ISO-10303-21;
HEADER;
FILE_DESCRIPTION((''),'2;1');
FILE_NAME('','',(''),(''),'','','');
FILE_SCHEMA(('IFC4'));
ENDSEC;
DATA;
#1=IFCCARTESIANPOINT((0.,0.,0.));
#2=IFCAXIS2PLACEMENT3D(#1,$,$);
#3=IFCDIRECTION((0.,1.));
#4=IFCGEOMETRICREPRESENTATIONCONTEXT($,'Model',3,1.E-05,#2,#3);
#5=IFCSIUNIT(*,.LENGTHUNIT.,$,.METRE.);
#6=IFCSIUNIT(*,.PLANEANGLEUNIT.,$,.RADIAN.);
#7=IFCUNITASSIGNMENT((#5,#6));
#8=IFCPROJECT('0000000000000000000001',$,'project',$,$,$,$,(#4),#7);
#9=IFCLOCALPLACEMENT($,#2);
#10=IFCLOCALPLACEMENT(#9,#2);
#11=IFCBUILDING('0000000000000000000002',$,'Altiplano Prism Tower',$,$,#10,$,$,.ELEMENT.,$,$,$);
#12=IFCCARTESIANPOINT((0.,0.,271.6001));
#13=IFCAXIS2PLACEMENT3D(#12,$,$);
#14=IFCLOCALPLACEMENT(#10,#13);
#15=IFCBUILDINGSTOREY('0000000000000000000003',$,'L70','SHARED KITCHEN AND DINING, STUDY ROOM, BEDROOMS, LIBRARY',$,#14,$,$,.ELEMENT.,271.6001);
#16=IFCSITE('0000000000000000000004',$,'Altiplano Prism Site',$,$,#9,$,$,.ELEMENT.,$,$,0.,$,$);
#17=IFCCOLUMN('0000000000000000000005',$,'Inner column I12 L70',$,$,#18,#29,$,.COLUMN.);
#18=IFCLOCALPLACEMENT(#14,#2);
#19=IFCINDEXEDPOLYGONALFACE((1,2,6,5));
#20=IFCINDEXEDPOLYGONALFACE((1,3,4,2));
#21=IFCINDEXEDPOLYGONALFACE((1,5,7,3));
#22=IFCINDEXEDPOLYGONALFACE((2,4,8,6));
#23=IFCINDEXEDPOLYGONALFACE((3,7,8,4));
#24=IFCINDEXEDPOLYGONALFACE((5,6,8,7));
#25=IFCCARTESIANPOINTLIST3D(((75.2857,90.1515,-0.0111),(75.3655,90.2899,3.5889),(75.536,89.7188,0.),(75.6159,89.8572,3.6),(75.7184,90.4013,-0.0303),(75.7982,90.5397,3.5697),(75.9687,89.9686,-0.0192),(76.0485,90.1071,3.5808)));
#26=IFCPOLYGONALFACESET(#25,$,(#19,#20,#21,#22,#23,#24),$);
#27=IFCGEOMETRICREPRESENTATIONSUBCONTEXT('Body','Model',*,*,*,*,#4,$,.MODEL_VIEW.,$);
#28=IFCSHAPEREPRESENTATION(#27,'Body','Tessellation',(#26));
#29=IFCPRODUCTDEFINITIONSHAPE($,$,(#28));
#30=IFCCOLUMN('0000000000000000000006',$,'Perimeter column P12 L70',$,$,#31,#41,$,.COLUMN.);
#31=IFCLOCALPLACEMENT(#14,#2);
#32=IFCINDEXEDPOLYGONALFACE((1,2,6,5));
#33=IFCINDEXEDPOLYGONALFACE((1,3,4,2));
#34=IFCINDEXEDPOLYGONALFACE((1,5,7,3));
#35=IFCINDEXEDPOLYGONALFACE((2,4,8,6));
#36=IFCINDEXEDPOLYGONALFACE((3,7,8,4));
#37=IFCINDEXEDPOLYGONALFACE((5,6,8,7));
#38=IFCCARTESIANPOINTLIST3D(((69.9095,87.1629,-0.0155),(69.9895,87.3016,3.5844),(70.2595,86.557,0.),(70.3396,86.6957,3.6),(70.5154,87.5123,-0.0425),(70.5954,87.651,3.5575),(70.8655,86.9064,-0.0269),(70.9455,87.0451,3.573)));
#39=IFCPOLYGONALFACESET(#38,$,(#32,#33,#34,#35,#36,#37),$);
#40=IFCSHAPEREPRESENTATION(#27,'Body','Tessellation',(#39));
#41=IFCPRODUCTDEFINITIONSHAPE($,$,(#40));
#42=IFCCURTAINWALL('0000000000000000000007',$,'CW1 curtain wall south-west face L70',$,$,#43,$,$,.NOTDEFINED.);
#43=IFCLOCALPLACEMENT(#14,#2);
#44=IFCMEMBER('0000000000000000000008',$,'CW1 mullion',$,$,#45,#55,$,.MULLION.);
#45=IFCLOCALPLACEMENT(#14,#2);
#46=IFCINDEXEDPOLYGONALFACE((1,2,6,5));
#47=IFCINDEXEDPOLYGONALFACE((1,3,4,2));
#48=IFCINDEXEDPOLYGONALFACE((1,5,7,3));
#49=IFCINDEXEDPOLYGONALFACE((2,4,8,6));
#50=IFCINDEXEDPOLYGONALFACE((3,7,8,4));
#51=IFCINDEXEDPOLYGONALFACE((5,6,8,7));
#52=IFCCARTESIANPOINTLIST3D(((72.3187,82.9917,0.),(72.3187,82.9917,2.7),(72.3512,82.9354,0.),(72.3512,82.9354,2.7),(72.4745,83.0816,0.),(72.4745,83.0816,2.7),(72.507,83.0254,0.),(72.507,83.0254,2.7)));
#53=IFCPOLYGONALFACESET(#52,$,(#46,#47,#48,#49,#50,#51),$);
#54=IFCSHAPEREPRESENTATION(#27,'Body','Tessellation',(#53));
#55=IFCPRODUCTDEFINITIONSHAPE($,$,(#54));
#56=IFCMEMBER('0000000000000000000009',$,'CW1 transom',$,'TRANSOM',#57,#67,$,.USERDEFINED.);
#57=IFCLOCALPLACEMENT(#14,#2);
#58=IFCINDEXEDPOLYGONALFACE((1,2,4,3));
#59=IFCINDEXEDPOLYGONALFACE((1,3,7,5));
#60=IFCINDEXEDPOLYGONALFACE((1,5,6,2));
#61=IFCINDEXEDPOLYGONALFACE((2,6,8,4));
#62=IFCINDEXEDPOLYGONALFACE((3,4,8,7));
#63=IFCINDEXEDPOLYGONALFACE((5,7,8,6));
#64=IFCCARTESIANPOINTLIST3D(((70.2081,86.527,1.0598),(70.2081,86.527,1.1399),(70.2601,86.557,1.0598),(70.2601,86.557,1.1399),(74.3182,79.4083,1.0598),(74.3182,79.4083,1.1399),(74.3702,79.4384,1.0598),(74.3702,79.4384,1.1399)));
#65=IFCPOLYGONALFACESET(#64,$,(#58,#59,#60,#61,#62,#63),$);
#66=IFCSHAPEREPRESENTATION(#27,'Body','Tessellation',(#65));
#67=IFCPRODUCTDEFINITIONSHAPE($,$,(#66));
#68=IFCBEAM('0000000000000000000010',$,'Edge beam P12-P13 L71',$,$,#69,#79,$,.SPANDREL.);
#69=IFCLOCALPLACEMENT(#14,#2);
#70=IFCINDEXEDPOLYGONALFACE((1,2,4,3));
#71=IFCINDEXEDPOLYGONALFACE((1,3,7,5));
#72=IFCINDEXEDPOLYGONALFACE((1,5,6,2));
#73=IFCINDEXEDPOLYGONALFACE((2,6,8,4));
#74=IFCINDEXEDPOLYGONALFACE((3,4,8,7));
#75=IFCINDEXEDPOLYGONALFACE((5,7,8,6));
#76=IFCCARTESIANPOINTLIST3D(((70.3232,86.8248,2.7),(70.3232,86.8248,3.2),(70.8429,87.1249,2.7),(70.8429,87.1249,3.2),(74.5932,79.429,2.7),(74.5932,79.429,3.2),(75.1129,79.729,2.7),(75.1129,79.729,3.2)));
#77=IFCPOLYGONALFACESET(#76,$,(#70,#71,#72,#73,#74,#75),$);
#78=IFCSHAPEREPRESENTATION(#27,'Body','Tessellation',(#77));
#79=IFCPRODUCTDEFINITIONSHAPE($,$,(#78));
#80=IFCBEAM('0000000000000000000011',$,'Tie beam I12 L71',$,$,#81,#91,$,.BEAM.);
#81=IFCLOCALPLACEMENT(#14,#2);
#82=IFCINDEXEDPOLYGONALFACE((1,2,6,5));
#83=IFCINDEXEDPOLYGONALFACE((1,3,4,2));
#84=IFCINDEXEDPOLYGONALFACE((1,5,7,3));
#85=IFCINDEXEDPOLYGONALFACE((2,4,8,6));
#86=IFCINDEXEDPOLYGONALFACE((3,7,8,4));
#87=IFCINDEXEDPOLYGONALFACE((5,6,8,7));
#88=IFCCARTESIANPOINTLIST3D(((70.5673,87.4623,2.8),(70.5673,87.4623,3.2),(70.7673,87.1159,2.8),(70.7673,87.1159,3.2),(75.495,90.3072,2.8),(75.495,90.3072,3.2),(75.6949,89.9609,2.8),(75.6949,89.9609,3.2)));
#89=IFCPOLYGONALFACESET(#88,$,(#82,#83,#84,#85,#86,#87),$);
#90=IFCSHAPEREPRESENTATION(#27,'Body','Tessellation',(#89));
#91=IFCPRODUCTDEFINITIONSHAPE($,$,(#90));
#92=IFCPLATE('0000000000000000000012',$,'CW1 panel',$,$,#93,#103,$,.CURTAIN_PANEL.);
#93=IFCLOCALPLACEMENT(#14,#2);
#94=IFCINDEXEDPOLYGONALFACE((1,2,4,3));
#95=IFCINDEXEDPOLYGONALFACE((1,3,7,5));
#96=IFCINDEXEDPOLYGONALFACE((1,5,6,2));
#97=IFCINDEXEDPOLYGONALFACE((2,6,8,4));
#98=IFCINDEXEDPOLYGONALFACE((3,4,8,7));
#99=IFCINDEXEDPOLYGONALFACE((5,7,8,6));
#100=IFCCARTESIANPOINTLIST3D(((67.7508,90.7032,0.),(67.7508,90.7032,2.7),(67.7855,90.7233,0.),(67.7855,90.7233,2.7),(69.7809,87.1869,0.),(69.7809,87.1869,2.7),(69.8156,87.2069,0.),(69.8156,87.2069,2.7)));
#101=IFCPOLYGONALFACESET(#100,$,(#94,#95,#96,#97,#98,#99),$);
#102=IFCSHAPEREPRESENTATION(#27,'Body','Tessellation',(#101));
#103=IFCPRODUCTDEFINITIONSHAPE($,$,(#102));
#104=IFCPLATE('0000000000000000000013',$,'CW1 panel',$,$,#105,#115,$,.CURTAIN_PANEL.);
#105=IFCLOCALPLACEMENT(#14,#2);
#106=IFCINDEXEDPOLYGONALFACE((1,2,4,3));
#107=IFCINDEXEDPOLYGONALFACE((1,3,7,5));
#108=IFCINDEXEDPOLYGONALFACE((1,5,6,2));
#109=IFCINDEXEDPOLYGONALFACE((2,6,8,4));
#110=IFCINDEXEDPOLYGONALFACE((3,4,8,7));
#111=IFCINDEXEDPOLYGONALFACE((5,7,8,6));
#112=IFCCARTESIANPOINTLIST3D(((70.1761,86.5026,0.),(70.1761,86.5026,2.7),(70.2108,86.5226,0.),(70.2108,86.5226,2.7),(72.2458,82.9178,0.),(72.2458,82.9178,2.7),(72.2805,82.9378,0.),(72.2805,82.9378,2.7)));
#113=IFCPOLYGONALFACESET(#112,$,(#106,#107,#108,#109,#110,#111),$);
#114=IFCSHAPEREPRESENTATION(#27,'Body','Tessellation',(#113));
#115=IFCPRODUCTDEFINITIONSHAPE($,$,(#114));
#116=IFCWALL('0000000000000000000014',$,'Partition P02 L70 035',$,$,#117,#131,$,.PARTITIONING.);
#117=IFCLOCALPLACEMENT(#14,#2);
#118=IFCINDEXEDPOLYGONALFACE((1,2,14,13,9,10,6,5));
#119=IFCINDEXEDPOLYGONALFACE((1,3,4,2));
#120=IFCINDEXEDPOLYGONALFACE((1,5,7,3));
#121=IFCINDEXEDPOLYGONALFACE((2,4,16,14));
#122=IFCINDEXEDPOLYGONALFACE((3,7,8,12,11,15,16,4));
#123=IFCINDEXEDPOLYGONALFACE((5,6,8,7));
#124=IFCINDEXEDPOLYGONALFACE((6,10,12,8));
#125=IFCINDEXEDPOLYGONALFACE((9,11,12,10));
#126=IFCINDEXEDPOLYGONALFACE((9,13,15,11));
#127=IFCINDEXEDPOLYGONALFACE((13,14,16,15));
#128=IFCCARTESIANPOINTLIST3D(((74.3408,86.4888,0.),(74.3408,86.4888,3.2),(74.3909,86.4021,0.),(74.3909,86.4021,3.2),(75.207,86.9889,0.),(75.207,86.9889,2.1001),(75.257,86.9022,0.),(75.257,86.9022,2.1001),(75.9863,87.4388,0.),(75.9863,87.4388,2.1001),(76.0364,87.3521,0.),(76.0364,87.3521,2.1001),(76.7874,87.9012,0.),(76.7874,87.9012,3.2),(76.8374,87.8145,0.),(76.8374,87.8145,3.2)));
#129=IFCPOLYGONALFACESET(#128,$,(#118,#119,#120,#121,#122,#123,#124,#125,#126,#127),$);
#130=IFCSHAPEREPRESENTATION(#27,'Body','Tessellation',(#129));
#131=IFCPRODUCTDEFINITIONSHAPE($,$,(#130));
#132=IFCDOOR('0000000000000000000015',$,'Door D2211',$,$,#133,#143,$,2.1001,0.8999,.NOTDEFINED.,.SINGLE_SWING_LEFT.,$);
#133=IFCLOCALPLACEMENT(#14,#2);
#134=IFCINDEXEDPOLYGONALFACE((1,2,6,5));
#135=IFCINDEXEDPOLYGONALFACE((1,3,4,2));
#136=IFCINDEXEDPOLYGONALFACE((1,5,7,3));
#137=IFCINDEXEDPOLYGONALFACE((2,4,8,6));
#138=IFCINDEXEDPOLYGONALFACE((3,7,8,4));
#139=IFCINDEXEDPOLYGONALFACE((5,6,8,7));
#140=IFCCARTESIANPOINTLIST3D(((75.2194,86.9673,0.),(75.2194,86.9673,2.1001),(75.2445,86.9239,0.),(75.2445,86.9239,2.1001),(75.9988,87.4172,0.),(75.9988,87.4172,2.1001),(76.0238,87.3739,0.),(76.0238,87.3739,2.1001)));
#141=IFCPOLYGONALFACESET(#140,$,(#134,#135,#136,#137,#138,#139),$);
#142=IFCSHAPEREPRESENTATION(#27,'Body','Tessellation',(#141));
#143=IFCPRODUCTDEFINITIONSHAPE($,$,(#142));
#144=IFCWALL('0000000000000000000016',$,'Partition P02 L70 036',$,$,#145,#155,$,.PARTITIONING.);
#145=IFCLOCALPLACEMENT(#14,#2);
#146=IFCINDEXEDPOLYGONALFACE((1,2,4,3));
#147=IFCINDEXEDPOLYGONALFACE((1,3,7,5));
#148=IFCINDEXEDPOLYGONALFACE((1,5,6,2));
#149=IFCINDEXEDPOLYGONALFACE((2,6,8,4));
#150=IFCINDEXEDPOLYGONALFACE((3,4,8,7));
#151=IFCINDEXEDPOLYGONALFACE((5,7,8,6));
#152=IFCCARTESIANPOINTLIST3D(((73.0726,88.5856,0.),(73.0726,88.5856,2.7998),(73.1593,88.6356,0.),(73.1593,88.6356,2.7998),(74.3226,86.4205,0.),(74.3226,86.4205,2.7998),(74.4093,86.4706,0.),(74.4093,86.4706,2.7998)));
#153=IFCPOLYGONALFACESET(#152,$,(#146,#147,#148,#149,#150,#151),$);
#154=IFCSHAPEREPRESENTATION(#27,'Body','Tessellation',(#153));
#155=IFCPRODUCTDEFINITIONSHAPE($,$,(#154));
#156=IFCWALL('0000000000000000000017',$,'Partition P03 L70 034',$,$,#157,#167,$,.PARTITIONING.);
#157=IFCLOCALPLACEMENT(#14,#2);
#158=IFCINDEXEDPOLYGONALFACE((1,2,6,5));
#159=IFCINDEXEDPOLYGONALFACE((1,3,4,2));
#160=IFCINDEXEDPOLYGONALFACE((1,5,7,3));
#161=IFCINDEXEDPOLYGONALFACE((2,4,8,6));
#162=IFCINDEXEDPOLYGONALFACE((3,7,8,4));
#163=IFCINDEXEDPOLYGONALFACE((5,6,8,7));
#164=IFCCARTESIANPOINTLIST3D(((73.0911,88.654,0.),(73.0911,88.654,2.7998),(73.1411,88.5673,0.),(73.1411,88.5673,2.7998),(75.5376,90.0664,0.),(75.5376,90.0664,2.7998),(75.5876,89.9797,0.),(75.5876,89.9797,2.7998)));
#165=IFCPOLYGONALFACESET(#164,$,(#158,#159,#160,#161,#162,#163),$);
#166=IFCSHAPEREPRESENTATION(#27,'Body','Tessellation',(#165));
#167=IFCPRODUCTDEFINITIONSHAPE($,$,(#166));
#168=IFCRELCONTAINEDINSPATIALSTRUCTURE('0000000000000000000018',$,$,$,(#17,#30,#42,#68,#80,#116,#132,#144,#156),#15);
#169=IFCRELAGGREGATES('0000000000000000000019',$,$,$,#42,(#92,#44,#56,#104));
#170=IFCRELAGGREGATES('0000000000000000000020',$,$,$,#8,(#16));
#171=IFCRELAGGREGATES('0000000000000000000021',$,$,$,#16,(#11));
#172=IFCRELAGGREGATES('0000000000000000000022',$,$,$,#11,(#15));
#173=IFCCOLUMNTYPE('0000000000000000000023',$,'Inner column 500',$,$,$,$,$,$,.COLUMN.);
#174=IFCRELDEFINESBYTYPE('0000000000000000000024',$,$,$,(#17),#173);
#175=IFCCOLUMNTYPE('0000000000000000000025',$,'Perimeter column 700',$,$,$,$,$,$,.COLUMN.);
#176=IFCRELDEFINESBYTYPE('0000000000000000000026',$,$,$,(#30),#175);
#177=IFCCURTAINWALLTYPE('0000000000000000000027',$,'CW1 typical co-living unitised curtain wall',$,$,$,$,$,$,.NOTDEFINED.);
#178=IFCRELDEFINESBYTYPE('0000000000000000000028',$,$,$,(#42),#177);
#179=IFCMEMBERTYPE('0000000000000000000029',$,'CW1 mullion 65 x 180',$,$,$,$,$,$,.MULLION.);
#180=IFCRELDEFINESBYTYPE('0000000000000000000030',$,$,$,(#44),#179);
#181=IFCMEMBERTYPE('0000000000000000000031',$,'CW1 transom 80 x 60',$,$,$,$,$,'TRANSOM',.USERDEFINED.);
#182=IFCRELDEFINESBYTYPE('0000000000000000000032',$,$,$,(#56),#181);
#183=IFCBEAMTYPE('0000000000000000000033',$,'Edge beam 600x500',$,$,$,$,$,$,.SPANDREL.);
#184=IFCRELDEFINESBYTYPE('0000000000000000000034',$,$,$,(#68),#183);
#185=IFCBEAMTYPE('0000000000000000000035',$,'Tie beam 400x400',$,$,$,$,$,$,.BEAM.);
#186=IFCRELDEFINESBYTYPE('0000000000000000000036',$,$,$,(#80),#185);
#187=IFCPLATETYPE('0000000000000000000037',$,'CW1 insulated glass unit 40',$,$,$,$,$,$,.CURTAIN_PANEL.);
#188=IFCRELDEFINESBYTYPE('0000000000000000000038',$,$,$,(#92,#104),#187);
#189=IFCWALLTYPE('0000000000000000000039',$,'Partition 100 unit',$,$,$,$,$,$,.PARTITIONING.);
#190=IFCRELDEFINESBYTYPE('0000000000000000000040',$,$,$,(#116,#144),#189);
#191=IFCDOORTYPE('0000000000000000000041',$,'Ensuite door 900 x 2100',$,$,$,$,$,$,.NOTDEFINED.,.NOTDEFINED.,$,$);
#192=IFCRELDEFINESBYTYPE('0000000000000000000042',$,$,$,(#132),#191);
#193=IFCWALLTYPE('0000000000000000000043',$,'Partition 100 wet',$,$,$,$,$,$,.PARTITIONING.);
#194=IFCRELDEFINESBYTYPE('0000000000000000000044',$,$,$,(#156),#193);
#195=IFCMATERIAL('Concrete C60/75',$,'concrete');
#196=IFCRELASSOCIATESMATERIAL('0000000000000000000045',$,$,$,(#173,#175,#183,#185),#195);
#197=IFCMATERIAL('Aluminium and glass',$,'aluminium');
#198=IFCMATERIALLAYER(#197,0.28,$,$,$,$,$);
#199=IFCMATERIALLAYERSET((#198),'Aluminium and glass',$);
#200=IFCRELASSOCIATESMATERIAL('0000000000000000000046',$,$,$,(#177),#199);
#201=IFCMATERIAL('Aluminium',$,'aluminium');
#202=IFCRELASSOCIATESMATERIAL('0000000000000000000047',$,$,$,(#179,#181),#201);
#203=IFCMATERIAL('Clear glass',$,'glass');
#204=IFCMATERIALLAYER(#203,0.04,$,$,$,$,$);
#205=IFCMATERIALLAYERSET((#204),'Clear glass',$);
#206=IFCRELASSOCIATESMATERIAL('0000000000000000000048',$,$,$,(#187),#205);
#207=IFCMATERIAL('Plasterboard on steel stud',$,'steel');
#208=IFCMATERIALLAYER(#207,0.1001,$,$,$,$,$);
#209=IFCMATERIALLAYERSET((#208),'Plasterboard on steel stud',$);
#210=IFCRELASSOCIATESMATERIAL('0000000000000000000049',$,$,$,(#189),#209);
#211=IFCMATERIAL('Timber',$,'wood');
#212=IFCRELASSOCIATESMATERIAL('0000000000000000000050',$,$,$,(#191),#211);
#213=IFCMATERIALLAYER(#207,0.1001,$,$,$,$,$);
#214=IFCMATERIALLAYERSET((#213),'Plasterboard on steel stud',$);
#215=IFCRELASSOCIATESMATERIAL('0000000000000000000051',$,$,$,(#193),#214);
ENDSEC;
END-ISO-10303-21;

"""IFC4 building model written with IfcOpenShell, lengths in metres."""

from ifc_helpers import new_model, si_unit, direction, frame, frame_2d, origin, origin_2d, place, context, subcontext, project, spatial, rectangle, extrude, material, layer, layer_set, material_profile, profile_set, type_object, element, fill, aggregate, save


model = new_model("IFC4")

# Units and contexts
model_context = context("Model", 3, precision=1e-05, world=origin(), true_north=direction((0.0, 1.0)))
body_context = subcontext(model_context, "Body", "Model", "MODEL_VIEW")
ifc_project = project(units=[si_unit("LENGTHUNIT", "METRE"), si_unit("PLANEANGLEUNIT", "RADIAN")], contexts=[model_context])

# Site, building, storey
site_placement = place(None, origin())
site = spatial("IfcSite", under=ifc_project, at=site_placement, Name="Altiplano Prism Site", CompositionType="ELEMENT", RefElevation=0.0)
building_placement = place(site_placement, origin())
building = spatial("IfcBuilding", under=site, at=building_placement, Name="Altiplano Prism Tower", CompositionType="ELEMENT")
storey_placement = place(building_placement, frame((0.0, 0.0, 271.6001)))
storey = spatial("IfcBuildingStorey", under=building, at=storey_placement, Name="L70", Description="SHARED KITCHEN AND DINING, STUDY ROOM, BEDROOMS, LIBRARY", CompositionType="ELEMENT", Elevation=271.6001)

# Columns
ifc_material_1 = material(Name="Concrete C60/75", Category="concrete")
ifc_material_profile_1 = material_profile(ifc_material_1, rectangle(XDim=0.5, YDim=0.5, at=origin_2d()), Name="Inner column 500")
ifc_profile_set_1 = profile_set([ifc_material_profile_1], Name="Concrete C60/75")
column_type_1 = type_object("IfcColumnType", Name="Inner column 500", PredefinedType="COLUMN", material=ifc_profile_set_1)
column_1_placement = place(storey_placement, frame((75.6272, 90.0601, -0.0151), z_axis=(0.022155, 0.038416, 0.999016), x_axis=(-0.865365, -0.499669, 0.038405)))
element("IfcColumn", 1, at=column_1_placement, inside=storey, type_object=column_type_1, Name="Inner column I12 L70", PredefinedType="COLUMN", context=body_context, shape_type="SweptSolid", body=[
    extrude(rectangle(XDim=0.5, YDim=0.5, at=origin_2d()), origin(), (0.0, 0.0, 1.0), 3.6035),
])
ifc_material_profile_2 = material_profile(ifc_material_1, rectangle(XDim=0.7, YDim=0.7, at=origin_2d()), Name="Perimeter column 700")
ifc_profile_set_2 = profile_set([ifc_material_profile_2], Name="Concrete C60/75")
column_type_2 = type_object("IfcColumnType", Name="Perimeter column 700", PredefinedType="COLUMN", material=ifc_profile_set_2)
column_2_placement = place(storey_placement, frame((70.3875, 87.0347, -0.0212), z_axis=(0.022223, 0.038483, 0.999012), x_axis=(-0.865642, -0.499182, 0.038485)))
element("IfcColumn", 2, at=column_2_placement, inside=storey, type_object=column_type_2, Name="Perimeter column P12 L70", PredefinedType="COLUMN", context=body_context, shape_type="SweptSolid", body=[
    extrude(rectangle(XDim=0.7, YDim=0.7, at=origin_2d()), origin(), (0.0, 0.0, 1.0), 3.6035),
])

# Curtain wall, members
ifc_material_2 = material(Name="Aluminium and glass", Category="aluminium")
ifc_layer_1 = layer(ifc_material_2, 0.28)
ifc_layer_set_1 = layer_set([ifc_layer_1], Name="Aluminium and glass")
curtain_wall_type = type_object("IfcCurtainWallType", Name="CW1 typical co-living unitised curtain wall", PredefinedType="NOTDEFINED", material=ifc_layer_set_1)
curtain_wall_placement = place(storey_placement, origin())
curtain_wall = element("IfcCurtainWall", 3, at=curtain_wall_placement, inside=storey, type_object=curtain_wall_type, Name="CW1 curtain wall south-west face L70", PredefinedType="NOTDEFINED")
ifc_material_3 = material(Name="Aluminium", Category="aluminium")
ifc_material_profile_3 = material_profile(ifc_material_3, rectangle(XDim=0.1799, YDim=0.0649, at=origin_2d()), Name="CW1 mullion 65 x 180")
ifc_profile_set_3 = profile_set([ifc_material_profile_3], Name="Aluminium")
member_type_1 = type_object("IfcMemberType", Name="CW1 mullion 65 x 180", PredefinedType="MULLION", material=ifc_profile_set_3)
member_1_placement = place(storey_placement, frame((72.4128, 83.0085, 0.0), z_axis=(0.0, 0.0, 1.0), x_axis=(0.866025, 0.5, 0.0)))
member_1 = element("IfcMember", 4, at=member_1_placement, type_object=member_type_1, Name="CW1 mullion", PredefinedType="MULLION", context=body_context, shape_type="SweptSolid", body=[
    extrude(rectangle(XDim=0.1799, YDim=0.0649, at=origin_2d()), origin(), (0.0, 0.0, 1.0), 2.7),
])
ifc_material_profile_4 = material_profile(ifc_material_3, rectangle(XDim=0.0601, YDim=0.0801, at=origin_2d()), Name="CW1 transom 80 x 60")
ifc_profile_set_4 = profile_set([ifc_material_profile_4], Name="Aluminium")
member_type_2 = type_object("IfcMemberType", Name="CW1 transom 80 x 60", ElementType="TRANSOM", PredefinedType="USERDEFINED", material=ifc_profile_set_4)
member_2_placement = place(storey_placement, frame((70.2341, 86.542, 1.0999), z_axis=(0.500014, -0.866017, 0.0), x_axis=(0.866017, 0.500014, 0.0)))
member_2 = element("IfcMember", 5, at=member_2_placement, type_object=member_type_2, Name="CW1 transom", ObjectType="TRANSOM", PredefinedType="USERDEFINED", context=body_context, shape_type="SweptSolid", body=[
    extrude(rectangle(XDim=0.0601, YDim=0.0801, at=origin_2d()), origin(), (0.0, 0.0, 1.0), 8.22),
])

# Beams
ifc_material_profile_5 = material_profile(ifc_material_1, rectangle(XDim=0.6001, YDim=0.5, at=origin_2d()), Name="Edge beam 600x500")
ifc_profile_set_5 = profile_set([ifc_material_profile_5], Name="Concrete C60/75")
beam_type_1 = type_object("IfcBeamType", Name="Edge beam 600x500", PredefinedType="SPANDREL", material=ifc_profile_set_5)
beam_1_placement = place(storey_placement, frame((70.583, 86.9749, 2.95), z_axis=(0.500007, -0.866021, 0.0), x_axis=(0.866021, 0.500007, 0.0)))
element("IfcBeam", 6, at=beam_1_placement, inside=storey, type_object=beam_type_1, Name="Edge beam P12-P13 L71", PredefinedType="SPANDREL", context=body_context, shape_type="SweptSolid", body=[
    extrude(rectangle(XDim=0.6001, YDim=0.5, at=origin_2d()), origin(), (0.0, 0.0, 1.0), 8.54),
])
ifc_material_profile_6 = material_profile(ifc_material_1, rectangle(XDim=0.3999, YDim=0.3999, at=origin_2d()), Name="Tie beam 400x400")
ifc_profile_set_6 = profile_set([ifc_material_profile_6], Name="Concrete C60/75")
beam_type_2 = type_object("IfcBeamType", Name="Tie beam 400x400", PredefinedType="BEAM", material=ifc_profile_set_6)
beam_2_placement = place(storey_placement, frame((75.595, 90.134, 3.0), z_axis=(-0.86603, -0.499992, 0.0), x_axis=(0.499992, -0.86603, 0.0)))
element("IfcBeam", 7, at=beam_2_placement, inside=storey, type_object=beam_type_2, Name="Tie beam I12 L71", PredefinedType="BEAM", context=body_context, shape_type="SweptSolid", body=[
    extrude(rectangle(XDim=0.3999, YDim=0.3999, at=origin_2d()), origin(), (0.0, 0.0, 1.0), 5.6899),
])

# Plates
ifc_material_4 = material(Name="Clear glass", Category="glass")
ifc_layer_2 = layer(ifc_material_4, 0.04)
ifc_layer_set_2 = layer_set([ifc_layer_2], Name="Clear glass")
plate_type = type_object("IfcPlateType", Name="CW1 insulated glass unit 40", PredefinedType="CURTAIN_PANEL", material=ifc_layer_set_2)
plate_1_placement = place(storey_placement, frame((68.7832, 88.9551, 0.0), z_axis=(0.0, 0.0, 1.0), x_axis=(0.5, -0.866025, 0.0)))
plate_1 = element("IfcPlate", 8, at=plate_1_placement, type_object=plate_type, Name="CW1 panel", PredefinedType="CURTAIN_PANEL", context=body_context, shape_type="SweptSolid", body=[
    extrude(rectangle(XDim=4.0603, YDim=0.04, at=origin_2d()), origin(), (0.0, 0.0, 1.0), 2.7),
])
plate_2_placement = place(storey_placement, frame((71.2283, 84.7202, 0.0), z_axis=(0.0, 0.0, 1.0), x_axis=(0.5, -0.866025, 0.0)))
plate_2 = element("IfcPlate", 9, at=plate_2_placement, type_object=plate_type, Name="CW1 panel", PredefinedType="CURTAIN_PANEL", context=body_context, shape_type="SweptSolid", body=[
    extrude(rectangle(XDim=4.1394, YDim=0.04, at=origin_2d()), origin(), (0.0, 0.0, 1.0), 2.7),
])
aggregate(curtain_wall, [plate_1, member_1, member_2, plate_2])

# Wall, opening, door
ifc_material_5 = material(Name="Plasterboard on steel stud", Category="steel")
ifc_layer_3 = layer(ifc_material_5, 0.1001)
ifc_layer_set_3 = layer_set([ifc_layer_3], Name="Plasterboard on steel stud")
wall_type_1 = type_object("IfcWallType", Name="Partition 100 unit", PredefinedType="PARTITIONING", material=ifc_layer_set_3)
wall_1_placement = place(storey_placement, frame((76.8125, 87.8579, 0.0), z_axis=(0.0, 0.0, 1.0), x_axis=(-0.866049, -0.499959, 0.0)))
wall_1 = element("IfcWall", 10, at=wall_1_placement, inside=storey, type_object=wall_type_1, Name="Partition P02 L70 035", PredefinedType="PARTITIONING", context=body_context, shape_type="SweptSolid", body=[
    extrude(rectangle(XDim=2.825, YDim=0.1001, at=frame_2d((1.4126, 0.0))), origin(), (0.0, 0.0, 1.0), 3.2),
])
opening_1_placement = place(wall_1_placement, frame((0.925, 0.0, 0.0)))
opening_1 = element("IfcOpeningElement", 11, at=opening_1_placement, cuts=wall_1, PredefinedType="OPENING", context=body_context, shape_type="SweptSolid", body=[
    extrude(rectangle(XDim=0.8999, YDim=2.1001, at=frame_2d((0.45, 1.05))), frame((0.0, 0.0605, 0.0), z_axis=(0.0, -1.0, 0.0), x_axis=(1.0, 0.0, 0.0)), (0.0, 0.0, 1.0), 0.1211),
])
ifc_material_6 = material(Name="Timber", Category="wood")
door_type_1 = type_object("IfcDoorType", Name="Ensuite door 900 x 2100", OperationType="NOTDEFINED", PredefinedType="NOTDEFINED", material=ifc_material_6)
door_1_placement = place(opening_1_placement, origin())
door_1 = element("IfcDoor", 12, at=door_1_placement, inside=storey, type_object=door_type_1, Name="Door D2211", OperationType="SINGLE_SWING_LEFT", OverallHeight=2.1001, OverallWidth=0.8999, PredefinedType="NOTDEFINED", context=body_context, shape_type="SweptSolid", body=[
    extrude(rectangle(XDim=0.8999, YDim=2.1001, at=frame_2d((0.45, 1.05))), frame((0.0, 0.0249, 0.0), z_axis=(0.0, -1.0, 0.0), x_axis=(1.0, 0.0, 0.0)), (0.0, 0.0, 1.0), 0.05),
])
fill(opening_1, door_1)

# Walls
wall_2_placement = place(storey_placement, frame((74.366, 86.4456, 0.0), z_axis=(0.0, 0.0, 1.0), x_axis=(-0.500004, 0.866023, 0.0)))
element("IfcWall", 13, at=wall_2_placement, inside=storey, type_object=wall_type_1, Name="Partition P02 L70 036", PredefinedType="PARTITIONING", context=body_context, shape_type="SweptSolid", body=[
    extrude(rectangle(XDim=2.5, YDim=0.1001, at=frame_2d((1.25, 0.0))), origin(), (0.0, 0.0, 1.0), 2.7998),
])
ifc_layer_4 = layer(ifc_material_5, 0.1001)
ifc_layer_set_4 = layer_set([ifc_layer_4], Name="Plasterboard on steel stud")
wall_type_2 = type_object("IfcWallType", Name="Partition 100 wet", PredefinedType="PARTITIONING", material=ifc_layer_set_4)
wall_3_placement = place(storey_placement, frame((73.116, 88.6106, 0.0), z_axis=(0.0, 0.0, 1.0), x_axis=(0.866049, 0.499959, 0.0)))
element("IfcWall", 14, at=wall_3_placement, inside=storey, type_object=wall_type_2, Name="Partition P03 L70 034", PredefinedType="PARTITIONING", context=body_context, shape_type="SweptSolid", body=[
    extrude(rectangle(XDim=2.825, YDim=0.1001, at=frame_2d((1.4126, 0.0))), origin(), (0.0, 0.0, 1.0), 2.7998),
])

save(model, "model.ifc")
